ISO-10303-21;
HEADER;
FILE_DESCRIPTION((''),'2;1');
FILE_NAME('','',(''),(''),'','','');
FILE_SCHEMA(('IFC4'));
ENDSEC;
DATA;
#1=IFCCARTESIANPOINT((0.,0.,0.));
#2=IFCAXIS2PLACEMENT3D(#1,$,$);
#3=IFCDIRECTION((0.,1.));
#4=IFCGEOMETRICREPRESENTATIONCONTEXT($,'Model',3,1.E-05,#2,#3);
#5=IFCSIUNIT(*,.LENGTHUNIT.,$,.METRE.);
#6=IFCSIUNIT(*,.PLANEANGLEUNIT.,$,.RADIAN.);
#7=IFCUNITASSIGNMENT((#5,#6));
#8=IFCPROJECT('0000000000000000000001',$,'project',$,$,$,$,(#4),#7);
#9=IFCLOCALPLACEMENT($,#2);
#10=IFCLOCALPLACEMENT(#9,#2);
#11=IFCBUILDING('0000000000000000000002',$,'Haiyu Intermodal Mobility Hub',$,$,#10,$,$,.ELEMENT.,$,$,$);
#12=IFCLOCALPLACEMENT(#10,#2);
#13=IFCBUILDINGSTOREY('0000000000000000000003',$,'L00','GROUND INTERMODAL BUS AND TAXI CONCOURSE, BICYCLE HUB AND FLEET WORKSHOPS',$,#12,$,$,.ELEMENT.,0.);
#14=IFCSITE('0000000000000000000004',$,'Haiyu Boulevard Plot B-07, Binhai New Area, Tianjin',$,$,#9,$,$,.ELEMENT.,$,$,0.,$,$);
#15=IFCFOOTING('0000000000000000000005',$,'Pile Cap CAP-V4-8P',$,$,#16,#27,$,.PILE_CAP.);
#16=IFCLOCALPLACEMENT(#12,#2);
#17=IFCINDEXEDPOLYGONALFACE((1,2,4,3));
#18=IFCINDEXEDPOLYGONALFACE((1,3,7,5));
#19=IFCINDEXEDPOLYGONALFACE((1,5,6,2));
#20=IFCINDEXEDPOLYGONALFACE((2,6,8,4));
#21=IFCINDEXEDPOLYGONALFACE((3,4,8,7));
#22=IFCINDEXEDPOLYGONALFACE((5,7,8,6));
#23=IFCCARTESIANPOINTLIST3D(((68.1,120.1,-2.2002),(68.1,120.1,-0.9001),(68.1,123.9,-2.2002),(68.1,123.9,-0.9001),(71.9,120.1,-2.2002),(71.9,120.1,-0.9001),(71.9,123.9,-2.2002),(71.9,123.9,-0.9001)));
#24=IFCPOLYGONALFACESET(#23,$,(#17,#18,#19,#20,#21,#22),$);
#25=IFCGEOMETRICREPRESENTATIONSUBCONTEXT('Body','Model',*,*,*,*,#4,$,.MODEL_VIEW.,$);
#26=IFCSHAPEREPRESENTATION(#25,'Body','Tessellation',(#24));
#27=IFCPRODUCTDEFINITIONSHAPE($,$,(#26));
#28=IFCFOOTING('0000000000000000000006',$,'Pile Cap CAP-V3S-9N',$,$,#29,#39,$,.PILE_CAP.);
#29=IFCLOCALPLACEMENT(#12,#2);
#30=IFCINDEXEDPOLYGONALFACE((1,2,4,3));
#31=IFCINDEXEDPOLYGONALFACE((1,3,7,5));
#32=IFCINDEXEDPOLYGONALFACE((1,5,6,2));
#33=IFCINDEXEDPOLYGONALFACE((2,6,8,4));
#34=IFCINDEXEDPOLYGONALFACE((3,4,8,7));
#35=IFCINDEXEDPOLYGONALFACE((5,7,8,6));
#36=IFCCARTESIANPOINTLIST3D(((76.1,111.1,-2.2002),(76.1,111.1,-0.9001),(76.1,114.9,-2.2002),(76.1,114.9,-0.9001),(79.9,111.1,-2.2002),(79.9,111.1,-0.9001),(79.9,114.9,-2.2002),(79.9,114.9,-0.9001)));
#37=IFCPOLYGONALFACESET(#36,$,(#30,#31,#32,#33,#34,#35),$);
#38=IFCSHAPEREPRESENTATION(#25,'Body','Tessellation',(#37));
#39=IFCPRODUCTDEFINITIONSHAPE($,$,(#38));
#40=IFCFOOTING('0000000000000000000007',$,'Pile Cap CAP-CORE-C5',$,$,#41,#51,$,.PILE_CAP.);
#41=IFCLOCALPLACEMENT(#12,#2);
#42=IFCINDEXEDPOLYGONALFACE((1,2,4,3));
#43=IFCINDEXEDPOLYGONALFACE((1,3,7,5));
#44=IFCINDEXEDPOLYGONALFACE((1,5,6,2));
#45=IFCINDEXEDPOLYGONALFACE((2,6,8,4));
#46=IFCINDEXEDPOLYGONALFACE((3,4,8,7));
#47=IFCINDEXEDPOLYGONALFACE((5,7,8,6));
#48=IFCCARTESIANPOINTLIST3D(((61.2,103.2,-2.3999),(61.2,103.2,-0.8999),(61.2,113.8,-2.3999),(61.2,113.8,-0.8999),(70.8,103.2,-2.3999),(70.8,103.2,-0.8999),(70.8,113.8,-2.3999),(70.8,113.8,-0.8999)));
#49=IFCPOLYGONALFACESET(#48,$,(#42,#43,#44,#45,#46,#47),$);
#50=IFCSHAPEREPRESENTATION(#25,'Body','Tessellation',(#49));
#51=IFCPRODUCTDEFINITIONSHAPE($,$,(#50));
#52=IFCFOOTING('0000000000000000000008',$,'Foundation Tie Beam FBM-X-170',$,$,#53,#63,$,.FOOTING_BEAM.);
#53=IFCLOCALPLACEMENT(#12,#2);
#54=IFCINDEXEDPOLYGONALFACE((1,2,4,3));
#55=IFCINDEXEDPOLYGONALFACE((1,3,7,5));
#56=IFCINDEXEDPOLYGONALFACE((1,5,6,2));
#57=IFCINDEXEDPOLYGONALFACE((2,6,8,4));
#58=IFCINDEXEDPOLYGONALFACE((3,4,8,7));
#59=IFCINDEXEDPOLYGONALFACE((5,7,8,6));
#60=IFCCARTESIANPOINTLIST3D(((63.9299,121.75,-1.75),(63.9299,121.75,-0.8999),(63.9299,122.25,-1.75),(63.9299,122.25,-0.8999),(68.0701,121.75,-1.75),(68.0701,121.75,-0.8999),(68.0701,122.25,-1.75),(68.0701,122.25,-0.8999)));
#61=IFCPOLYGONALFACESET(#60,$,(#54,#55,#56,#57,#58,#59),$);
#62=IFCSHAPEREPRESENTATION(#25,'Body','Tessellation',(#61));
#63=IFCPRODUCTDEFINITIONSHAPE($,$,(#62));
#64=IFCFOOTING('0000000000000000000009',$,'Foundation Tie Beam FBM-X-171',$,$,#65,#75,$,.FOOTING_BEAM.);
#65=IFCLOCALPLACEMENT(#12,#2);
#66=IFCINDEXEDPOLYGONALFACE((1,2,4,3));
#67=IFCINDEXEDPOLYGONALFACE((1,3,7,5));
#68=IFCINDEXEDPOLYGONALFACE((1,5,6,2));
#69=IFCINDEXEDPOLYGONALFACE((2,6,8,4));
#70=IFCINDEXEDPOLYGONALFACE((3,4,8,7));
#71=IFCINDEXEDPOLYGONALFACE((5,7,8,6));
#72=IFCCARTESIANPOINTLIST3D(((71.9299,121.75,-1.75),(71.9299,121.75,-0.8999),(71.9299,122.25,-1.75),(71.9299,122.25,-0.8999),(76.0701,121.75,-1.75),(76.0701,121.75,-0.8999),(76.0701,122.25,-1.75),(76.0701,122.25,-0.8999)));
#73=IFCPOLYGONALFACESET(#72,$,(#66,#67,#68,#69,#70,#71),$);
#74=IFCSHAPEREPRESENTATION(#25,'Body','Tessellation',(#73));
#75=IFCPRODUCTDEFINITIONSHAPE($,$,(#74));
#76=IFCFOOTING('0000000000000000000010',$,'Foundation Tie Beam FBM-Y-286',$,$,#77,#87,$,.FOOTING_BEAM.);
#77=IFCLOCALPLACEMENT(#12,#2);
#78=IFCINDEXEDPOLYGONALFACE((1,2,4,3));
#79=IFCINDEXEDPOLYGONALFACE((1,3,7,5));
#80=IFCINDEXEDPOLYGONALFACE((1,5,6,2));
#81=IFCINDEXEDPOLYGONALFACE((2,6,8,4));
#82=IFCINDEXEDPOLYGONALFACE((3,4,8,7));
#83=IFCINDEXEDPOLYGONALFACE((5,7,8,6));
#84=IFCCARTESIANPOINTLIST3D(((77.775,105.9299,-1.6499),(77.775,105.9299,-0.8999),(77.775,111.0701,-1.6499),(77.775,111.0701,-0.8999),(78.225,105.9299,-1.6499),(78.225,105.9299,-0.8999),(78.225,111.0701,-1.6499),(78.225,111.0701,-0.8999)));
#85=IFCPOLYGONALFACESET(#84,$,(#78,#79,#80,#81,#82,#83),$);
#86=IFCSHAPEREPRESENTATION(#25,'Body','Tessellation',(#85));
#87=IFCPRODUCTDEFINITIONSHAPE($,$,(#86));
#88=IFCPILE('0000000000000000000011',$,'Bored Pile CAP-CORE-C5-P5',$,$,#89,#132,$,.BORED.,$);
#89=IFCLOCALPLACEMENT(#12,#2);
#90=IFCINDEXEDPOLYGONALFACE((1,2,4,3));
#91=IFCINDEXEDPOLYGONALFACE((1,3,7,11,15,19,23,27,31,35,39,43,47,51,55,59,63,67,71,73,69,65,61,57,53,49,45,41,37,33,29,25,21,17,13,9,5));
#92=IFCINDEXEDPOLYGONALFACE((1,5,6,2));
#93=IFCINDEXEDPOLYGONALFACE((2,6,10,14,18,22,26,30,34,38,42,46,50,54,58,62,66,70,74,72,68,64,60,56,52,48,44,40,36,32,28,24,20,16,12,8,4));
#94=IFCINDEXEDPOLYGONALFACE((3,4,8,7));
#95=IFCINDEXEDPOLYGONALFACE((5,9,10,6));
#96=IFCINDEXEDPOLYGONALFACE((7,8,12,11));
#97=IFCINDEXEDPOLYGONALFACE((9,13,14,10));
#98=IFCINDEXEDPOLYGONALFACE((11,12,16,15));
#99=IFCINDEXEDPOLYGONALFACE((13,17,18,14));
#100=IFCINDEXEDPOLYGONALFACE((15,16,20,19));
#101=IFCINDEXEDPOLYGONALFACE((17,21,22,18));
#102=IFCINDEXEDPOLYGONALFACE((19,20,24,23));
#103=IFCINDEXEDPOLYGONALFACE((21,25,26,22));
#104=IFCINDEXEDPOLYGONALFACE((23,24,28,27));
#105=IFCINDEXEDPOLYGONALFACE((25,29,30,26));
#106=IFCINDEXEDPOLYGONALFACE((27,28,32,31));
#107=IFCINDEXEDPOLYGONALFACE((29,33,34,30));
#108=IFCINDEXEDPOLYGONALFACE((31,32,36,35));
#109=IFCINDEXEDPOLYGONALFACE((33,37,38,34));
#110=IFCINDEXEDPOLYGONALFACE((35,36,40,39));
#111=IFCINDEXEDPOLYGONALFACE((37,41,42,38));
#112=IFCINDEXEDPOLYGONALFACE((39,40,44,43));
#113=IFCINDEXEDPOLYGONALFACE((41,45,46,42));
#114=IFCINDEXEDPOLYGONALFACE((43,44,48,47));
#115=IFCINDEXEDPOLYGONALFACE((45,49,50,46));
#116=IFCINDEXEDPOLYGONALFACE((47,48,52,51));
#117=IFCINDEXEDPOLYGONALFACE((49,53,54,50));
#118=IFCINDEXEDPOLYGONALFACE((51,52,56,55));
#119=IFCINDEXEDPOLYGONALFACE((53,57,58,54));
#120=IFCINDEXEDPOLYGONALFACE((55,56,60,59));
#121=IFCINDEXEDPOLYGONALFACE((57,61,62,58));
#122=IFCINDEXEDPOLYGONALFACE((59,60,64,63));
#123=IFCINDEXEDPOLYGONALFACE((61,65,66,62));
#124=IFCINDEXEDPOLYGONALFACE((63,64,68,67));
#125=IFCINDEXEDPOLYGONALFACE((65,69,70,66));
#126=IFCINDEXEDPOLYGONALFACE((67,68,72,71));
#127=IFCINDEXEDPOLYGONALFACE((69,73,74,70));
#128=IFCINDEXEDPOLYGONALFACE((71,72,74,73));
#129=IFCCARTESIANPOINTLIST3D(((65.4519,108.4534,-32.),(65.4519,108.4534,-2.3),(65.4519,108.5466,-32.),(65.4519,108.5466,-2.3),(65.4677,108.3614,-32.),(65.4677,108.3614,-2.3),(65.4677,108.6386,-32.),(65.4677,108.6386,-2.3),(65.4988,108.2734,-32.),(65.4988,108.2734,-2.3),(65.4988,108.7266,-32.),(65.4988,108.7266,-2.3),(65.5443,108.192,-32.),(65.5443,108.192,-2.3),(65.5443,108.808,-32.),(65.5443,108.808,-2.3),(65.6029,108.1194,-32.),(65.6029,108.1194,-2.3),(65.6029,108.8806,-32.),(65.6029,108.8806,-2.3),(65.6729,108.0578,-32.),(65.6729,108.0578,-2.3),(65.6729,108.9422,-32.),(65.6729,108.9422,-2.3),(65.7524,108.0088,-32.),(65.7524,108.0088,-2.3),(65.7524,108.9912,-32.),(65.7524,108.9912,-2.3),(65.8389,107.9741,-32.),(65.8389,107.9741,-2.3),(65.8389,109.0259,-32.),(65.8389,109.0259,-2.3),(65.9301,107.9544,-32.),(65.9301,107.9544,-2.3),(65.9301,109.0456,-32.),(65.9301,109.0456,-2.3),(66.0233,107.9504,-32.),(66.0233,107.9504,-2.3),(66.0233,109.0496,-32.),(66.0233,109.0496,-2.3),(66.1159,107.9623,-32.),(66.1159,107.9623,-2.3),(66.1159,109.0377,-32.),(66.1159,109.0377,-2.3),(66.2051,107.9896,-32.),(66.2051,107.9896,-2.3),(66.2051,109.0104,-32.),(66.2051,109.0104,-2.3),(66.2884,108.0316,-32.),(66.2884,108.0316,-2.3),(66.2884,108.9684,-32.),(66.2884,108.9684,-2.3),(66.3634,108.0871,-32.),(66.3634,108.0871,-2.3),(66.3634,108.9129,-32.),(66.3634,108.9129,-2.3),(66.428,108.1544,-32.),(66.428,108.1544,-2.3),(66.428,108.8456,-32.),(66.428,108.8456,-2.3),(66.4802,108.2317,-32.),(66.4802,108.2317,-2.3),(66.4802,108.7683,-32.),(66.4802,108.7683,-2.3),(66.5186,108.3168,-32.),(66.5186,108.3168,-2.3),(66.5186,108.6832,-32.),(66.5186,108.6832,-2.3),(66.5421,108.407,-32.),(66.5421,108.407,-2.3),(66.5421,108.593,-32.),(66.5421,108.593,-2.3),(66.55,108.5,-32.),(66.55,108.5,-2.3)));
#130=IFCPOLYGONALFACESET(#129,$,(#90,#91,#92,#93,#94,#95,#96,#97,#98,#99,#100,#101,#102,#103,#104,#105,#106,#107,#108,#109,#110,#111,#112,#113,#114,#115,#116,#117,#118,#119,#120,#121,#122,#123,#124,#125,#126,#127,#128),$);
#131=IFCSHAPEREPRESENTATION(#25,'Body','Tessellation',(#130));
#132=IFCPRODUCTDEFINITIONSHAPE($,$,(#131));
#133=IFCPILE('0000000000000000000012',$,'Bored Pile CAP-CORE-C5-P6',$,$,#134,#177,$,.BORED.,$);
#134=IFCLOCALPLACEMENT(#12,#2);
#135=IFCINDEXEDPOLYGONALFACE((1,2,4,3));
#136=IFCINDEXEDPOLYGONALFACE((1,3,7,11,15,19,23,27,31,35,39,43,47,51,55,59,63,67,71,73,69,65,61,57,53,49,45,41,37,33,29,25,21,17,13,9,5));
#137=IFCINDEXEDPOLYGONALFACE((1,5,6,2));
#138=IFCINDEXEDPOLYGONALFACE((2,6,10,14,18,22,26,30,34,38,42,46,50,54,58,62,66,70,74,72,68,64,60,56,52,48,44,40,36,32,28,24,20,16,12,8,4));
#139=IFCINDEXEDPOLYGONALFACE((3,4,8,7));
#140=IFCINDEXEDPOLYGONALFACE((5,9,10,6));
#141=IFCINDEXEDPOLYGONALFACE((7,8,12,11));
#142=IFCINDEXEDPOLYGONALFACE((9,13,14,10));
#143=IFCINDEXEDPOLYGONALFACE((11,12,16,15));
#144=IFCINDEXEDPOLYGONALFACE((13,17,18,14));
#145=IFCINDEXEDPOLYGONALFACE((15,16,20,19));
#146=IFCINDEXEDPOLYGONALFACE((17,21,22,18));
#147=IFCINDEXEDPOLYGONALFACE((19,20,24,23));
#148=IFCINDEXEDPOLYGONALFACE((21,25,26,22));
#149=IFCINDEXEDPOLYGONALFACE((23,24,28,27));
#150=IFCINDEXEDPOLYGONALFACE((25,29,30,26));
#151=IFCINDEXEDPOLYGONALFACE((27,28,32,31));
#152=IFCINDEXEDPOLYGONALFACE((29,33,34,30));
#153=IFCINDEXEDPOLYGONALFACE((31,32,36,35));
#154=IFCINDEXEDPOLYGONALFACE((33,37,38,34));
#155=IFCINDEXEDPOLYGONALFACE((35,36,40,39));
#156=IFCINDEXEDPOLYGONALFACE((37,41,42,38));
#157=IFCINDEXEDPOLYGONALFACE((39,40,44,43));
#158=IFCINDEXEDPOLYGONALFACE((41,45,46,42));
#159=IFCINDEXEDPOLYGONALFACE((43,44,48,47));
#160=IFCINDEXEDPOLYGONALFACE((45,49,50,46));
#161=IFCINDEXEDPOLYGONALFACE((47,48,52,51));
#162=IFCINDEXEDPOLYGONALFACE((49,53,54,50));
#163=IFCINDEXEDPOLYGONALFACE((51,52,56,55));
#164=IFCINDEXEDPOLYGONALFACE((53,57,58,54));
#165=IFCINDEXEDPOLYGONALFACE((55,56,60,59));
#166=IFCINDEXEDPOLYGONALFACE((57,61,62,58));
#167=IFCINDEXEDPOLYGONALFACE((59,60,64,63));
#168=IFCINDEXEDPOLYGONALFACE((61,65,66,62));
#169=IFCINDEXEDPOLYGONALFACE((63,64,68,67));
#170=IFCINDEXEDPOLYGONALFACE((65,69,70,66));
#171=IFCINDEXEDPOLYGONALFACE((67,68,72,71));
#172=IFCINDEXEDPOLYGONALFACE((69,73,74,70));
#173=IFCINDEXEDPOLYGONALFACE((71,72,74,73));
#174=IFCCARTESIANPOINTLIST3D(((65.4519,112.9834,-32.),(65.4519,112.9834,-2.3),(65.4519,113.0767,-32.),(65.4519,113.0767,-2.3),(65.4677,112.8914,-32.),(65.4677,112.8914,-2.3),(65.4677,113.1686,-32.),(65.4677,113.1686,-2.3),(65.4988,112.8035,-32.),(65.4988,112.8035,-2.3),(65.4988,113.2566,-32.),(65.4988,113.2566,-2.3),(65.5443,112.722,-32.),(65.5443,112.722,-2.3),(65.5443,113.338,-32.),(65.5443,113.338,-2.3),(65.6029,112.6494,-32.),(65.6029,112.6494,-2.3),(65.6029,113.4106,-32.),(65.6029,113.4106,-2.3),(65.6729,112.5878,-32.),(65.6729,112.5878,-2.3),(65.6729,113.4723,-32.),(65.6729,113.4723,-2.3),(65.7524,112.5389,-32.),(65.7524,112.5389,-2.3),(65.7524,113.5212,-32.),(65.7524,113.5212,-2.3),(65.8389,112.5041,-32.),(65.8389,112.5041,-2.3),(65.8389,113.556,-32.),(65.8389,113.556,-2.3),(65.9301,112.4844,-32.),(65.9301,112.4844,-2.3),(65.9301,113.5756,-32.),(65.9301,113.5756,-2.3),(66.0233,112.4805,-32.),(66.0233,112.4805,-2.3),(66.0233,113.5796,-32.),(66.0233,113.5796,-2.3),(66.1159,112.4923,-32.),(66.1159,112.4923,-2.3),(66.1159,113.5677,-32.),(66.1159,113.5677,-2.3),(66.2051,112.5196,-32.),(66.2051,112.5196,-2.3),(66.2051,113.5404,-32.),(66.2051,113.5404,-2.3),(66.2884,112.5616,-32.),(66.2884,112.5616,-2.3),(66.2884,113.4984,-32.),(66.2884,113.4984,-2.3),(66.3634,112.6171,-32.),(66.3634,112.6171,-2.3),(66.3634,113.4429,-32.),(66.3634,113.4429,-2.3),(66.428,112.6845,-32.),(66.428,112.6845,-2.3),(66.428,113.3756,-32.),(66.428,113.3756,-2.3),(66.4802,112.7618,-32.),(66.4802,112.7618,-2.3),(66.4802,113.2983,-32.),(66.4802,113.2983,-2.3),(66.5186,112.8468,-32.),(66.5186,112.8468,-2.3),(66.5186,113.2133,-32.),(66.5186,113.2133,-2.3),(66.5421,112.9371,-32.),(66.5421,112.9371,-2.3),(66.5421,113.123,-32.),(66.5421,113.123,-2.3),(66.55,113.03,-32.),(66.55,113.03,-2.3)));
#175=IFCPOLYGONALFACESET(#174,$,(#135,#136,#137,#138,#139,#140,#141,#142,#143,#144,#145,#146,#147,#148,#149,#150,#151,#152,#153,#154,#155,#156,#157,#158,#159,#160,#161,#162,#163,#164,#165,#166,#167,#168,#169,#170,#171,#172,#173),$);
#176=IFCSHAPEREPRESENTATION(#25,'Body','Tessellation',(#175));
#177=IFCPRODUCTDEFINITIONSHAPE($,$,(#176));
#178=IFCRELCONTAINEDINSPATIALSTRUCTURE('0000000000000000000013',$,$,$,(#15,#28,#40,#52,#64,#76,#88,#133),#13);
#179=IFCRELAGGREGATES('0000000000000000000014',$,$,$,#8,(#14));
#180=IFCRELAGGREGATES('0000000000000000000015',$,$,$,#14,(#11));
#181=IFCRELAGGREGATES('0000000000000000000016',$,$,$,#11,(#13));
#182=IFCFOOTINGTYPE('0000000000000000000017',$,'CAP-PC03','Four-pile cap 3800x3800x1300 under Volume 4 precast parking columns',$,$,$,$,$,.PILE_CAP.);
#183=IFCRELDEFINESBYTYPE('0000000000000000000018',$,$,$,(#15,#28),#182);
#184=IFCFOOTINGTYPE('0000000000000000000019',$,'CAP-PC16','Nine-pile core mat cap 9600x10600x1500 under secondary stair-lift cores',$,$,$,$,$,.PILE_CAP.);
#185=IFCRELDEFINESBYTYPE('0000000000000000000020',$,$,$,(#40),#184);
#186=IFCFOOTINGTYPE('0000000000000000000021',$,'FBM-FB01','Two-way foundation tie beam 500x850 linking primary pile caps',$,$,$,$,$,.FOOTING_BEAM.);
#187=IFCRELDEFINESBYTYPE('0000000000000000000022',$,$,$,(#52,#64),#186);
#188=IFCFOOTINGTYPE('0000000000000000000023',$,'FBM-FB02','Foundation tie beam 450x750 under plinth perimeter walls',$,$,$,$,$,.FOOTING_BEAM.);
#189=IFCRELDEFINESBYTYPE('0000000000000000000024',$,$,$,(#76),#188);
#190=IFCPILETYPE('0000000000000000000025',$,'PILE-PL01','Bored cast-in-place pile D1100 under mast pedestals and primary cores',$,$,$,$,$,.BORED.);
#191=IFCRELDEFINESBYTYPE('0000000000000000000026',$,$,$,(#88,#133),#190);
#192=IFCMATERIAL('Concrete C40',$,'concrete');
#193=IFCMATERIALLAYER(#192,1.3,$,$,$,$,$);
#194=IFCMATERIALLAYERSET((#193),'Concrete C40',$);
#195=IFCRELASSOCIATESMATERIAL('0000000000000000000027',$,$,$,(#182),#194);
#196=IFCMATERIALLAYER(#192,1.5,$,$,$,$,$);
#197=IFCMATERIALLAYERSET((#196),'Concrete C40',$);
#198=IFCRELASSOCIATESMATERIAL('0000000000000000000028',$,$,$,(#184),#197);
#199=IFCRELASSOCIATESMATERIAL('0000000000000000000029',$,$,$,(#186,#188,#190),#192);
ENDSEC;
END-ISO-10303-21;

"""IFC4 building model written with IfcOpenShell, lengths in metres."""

from ifc_helpers import new_model, si_unit, direction, frame, origin, origin_2d, place, context, subcontext, project, spatial, rectangle, circle, extrude, material, layer, layer_set, material_profile, profile_set, type_object, element, save


model = new_model("IFC4")

# Units and contexts
model_context = context("Model", 3, precision=1e-05, world=origin(), true_north=direction((0.0, 1.0)))
body_context = subcontext(model_context, "Body", "Model", "MODEL_VIEW")
ifc_project = project(units=[si_unit("LENGTHUNIT", "METRE"), si_unit("PLANEANGLEUNIT", "RADIAN")], contexts=[model_context])

# Site, building, storey
site_placement = place(None, origin())
site = spatial("IfcSite", under=ifc_project, at=site_placement, Name="Haiyu Boulevard Plot B-07, Binhai New Area, Tianjin", CompositionType="ELEMENT", RefElevation=0.0)
building_placement = place(site_placement, origin())
building = spatial("IfcBuilding", under=site, at=building_placement, Name="Haiyu Intermodal Mobility Hub", CompositionType="ELEMENT")
storey_placement = place(building_placement, origin())
storey = spatial("IfcBuildingStorey", under=building, at=storey_placement, Name="L00", Description="GROUND INTERMODAL BUS AND TAXI CONCOURSE, BICYCLE HUB AND FLEET WORKSHOPS", CompositionType="ELEMENT", Elevation=0.0)

# Footings
ifc_material_1 = material(Name="Concrete C40", Category="concrete")
ifc_layer_1 = layer(ifc_material_1, 1.3)
ifc_layer_set_1 = layer_set([ifc_layer_1], Name="Concrete C40")
footing_type_1 = type_object("IfcFootingType", Name="CAP-PC03", Description="Four-pile cap 3800x3800x1300 under Volume 4 precast parking columns", PredefinedType="PILE_CAP", material=ifc_layer_set_1)
for number, where, z_axis, x_axis, name in (
    (1, (70.0, 122.0, -2.2002), (0.0, 0.0, 1.0), (1.0, 0.0, 0.0), "Pile Cap CAP-V4-8P"),
    (2, (78.0, 113.0, -2.2002), (0.0, 0.0, 1.0), (1.0, 0.0, 0.0), "Pile Cap CAP-V3S-9N"),
):
    element("IfcFooting", number, at=place(storey_placement, frame(where, z_axis=z_axis, x_axis=x_axis)), inside=storey, type_object=footing_type_1, Name=name, PredefinedType="PILE_CAP", context=body_context, shape_type="SweptSolid", body=[
        extrude(rectangle(XDim=3.8, YDim=3.8, at=origin_2d()), origin(), (0.0, 0.0, 1.0), 1.3),
    ])
ifc_layer_2 = layer(ifc_material_1, 1.5)
ifc_layer_set_2 = layer_set([ifc_layer_2], Name="Concrete C40")
footing_type_2 = type_object("IfcFootingType", Name="CAP-PC16", Description="Nine-pile core mat cap 9600x10600x1500 under secondary stair-lift cores", PredefinedType="PILE_CAP", material=ifc_layer_set_2)
footing_1_placement = place(storey_placement, frame((66.0, 108.5, -2.3999), z_axis=(0.0, 0.0, 1.0), x_axis=(1.0, 0.0, 0.0)))
element("IfcFooting", 3, at=footing_1_placement, inside=storey, type_object=footing_type_2, Name="Pile Cap CAP-CORE-C5", PredefinedType="PILE_CAP", context=body_context, shape_type="SweptSolid", body=[
    extrude(rectangle(XDim=9.6001, YDim=10.6001, at=origin_2d()), origin(), (0.0, 0.0, 1.0), 1.5),
])
ifc_material_profile_1 = material_profile(ifc_material_1, rectangle(XDim=0.5, YDim=0.8501, at=origin_2d()), Name="FB500x850")
ifc_profile_set_1 = profile_set([ifc_material_profile_1], Name="Concrete C40")
footing_type_3 = type_object("IfcFootingType", Name="FBM-FB01", Description="Two-way foundation tie beam 500x850 linking primary pile caps", PredefinedType="FOOTING_BEAM", material=ifc_profile_set_1)
for number, where, z_axis, x_axis, name in (
    (4, (63.9299, 122.0, -1.325), (1.0, 0.0, 0.0), (0.0, 1.0, 0.0), "Foundation Tie Beam FBM-X-170"),
    (5, (71.9299, 122.0, -1.325), (1.0, 0.0, 0.0), (0.0, 1.0, 0.0), "Foundation Tie Beam FBM-X-171"),
):
    element("IfcFooting", number, at=place(storey_placement, frame(where, z_axis=z_axis, x_axis=x_axis)), inside=storey, type_object=footing_type_3, Name=name, PredefinedType="FOOTING_BEAM", context=body_context, shape_type="SweptSolid", body=[
        extrude(rectangle(XDim=0.5, YDim=0.8501, at=origin_2d()), origin(), (0.0, 0.0, 1.0), 4.1401),
    ])
ifc_material_profile_2 = material_profile(ifc_material_1, rectangle(XDim=0.45, YDim=0.75, at=origin_2d()), Name="FB450x750")
ifc_profile_set_2 = profile_set([ifc_material_profile_2], Name="Concrete C40")
footing_type_4 = type_object("IfcFootingType", Name="FBM-FB02", Description="Foundation tie beam 450x750 under plinth perimeter walls", PredefinedType="FOOTING_BEAM", material=ifc_profile_set_2)
footing_2_placement = place(storey_placement, frame((78.0, 105.9299, -1.2749), z_axis=(0.0, 1.0, 0.0), x_axis=(-1.0, 0.0, 0.0)))
element("IfcFooting", 6, at=footing_2_placement, inside=storey, type_object=footing_type_4, Name="Foundation Tie Beam FBM-Y-286", PredefinedType="FOOTING_BEAM", context=body_context, shape_type="SweptSolid", body=[
    extrude(rectangle(XDim=0.45, YDim=0.75, at=origin_2d()), origin(), (0.0, 0.0, 1.0), 5.1401),
])

# Piles
ifc_material_profile_3 = material_profile(ifc_material_1, circle(Radius=0.55, at=origin_2d()), Name="PILE-D1100")
ifc_profile_set_3 = profile_set([ifc_material_profile_3], Name="Concrete C40")
pile_type_1 = type_object("IfcPileType", Name="PILE-PL01", Description="Bored cast-in-place pile D1100 under mast pedestals and primary cores", PredefinedType="BORED", material=ifc_profile_set_3)
for number, where, z_axis, x_axis, name in (
    (7, (66.0, 108.5, -2.3), (0.0, 0.0, -1.0), (1.0, 0.0, 0.0), "Bored Pile CAP-CORE-C5-P5"),
    (8, (66.0, 113.03, -2.3), (0.0, 0.0, -1.0), (1.0, 0.0, 0.0), "Bored Pile CAP-CORE-C5-P6"),
):
    element("IfcPile", number, at=place(storey_placement, frame(where, z_axis=z_axis, x_axis=x_axis)), inside=storey, type_object=pile_type_1, Name=name, PredefinedType="BORED", context=body_context, shape_type="SweptSolid", body=[
        extrude(circle(Radius=0.55, at=origin_2d()), origin(), (0.0, 0.0, 1.0), 29.7),
    ])

save(model, "model.ifc")
